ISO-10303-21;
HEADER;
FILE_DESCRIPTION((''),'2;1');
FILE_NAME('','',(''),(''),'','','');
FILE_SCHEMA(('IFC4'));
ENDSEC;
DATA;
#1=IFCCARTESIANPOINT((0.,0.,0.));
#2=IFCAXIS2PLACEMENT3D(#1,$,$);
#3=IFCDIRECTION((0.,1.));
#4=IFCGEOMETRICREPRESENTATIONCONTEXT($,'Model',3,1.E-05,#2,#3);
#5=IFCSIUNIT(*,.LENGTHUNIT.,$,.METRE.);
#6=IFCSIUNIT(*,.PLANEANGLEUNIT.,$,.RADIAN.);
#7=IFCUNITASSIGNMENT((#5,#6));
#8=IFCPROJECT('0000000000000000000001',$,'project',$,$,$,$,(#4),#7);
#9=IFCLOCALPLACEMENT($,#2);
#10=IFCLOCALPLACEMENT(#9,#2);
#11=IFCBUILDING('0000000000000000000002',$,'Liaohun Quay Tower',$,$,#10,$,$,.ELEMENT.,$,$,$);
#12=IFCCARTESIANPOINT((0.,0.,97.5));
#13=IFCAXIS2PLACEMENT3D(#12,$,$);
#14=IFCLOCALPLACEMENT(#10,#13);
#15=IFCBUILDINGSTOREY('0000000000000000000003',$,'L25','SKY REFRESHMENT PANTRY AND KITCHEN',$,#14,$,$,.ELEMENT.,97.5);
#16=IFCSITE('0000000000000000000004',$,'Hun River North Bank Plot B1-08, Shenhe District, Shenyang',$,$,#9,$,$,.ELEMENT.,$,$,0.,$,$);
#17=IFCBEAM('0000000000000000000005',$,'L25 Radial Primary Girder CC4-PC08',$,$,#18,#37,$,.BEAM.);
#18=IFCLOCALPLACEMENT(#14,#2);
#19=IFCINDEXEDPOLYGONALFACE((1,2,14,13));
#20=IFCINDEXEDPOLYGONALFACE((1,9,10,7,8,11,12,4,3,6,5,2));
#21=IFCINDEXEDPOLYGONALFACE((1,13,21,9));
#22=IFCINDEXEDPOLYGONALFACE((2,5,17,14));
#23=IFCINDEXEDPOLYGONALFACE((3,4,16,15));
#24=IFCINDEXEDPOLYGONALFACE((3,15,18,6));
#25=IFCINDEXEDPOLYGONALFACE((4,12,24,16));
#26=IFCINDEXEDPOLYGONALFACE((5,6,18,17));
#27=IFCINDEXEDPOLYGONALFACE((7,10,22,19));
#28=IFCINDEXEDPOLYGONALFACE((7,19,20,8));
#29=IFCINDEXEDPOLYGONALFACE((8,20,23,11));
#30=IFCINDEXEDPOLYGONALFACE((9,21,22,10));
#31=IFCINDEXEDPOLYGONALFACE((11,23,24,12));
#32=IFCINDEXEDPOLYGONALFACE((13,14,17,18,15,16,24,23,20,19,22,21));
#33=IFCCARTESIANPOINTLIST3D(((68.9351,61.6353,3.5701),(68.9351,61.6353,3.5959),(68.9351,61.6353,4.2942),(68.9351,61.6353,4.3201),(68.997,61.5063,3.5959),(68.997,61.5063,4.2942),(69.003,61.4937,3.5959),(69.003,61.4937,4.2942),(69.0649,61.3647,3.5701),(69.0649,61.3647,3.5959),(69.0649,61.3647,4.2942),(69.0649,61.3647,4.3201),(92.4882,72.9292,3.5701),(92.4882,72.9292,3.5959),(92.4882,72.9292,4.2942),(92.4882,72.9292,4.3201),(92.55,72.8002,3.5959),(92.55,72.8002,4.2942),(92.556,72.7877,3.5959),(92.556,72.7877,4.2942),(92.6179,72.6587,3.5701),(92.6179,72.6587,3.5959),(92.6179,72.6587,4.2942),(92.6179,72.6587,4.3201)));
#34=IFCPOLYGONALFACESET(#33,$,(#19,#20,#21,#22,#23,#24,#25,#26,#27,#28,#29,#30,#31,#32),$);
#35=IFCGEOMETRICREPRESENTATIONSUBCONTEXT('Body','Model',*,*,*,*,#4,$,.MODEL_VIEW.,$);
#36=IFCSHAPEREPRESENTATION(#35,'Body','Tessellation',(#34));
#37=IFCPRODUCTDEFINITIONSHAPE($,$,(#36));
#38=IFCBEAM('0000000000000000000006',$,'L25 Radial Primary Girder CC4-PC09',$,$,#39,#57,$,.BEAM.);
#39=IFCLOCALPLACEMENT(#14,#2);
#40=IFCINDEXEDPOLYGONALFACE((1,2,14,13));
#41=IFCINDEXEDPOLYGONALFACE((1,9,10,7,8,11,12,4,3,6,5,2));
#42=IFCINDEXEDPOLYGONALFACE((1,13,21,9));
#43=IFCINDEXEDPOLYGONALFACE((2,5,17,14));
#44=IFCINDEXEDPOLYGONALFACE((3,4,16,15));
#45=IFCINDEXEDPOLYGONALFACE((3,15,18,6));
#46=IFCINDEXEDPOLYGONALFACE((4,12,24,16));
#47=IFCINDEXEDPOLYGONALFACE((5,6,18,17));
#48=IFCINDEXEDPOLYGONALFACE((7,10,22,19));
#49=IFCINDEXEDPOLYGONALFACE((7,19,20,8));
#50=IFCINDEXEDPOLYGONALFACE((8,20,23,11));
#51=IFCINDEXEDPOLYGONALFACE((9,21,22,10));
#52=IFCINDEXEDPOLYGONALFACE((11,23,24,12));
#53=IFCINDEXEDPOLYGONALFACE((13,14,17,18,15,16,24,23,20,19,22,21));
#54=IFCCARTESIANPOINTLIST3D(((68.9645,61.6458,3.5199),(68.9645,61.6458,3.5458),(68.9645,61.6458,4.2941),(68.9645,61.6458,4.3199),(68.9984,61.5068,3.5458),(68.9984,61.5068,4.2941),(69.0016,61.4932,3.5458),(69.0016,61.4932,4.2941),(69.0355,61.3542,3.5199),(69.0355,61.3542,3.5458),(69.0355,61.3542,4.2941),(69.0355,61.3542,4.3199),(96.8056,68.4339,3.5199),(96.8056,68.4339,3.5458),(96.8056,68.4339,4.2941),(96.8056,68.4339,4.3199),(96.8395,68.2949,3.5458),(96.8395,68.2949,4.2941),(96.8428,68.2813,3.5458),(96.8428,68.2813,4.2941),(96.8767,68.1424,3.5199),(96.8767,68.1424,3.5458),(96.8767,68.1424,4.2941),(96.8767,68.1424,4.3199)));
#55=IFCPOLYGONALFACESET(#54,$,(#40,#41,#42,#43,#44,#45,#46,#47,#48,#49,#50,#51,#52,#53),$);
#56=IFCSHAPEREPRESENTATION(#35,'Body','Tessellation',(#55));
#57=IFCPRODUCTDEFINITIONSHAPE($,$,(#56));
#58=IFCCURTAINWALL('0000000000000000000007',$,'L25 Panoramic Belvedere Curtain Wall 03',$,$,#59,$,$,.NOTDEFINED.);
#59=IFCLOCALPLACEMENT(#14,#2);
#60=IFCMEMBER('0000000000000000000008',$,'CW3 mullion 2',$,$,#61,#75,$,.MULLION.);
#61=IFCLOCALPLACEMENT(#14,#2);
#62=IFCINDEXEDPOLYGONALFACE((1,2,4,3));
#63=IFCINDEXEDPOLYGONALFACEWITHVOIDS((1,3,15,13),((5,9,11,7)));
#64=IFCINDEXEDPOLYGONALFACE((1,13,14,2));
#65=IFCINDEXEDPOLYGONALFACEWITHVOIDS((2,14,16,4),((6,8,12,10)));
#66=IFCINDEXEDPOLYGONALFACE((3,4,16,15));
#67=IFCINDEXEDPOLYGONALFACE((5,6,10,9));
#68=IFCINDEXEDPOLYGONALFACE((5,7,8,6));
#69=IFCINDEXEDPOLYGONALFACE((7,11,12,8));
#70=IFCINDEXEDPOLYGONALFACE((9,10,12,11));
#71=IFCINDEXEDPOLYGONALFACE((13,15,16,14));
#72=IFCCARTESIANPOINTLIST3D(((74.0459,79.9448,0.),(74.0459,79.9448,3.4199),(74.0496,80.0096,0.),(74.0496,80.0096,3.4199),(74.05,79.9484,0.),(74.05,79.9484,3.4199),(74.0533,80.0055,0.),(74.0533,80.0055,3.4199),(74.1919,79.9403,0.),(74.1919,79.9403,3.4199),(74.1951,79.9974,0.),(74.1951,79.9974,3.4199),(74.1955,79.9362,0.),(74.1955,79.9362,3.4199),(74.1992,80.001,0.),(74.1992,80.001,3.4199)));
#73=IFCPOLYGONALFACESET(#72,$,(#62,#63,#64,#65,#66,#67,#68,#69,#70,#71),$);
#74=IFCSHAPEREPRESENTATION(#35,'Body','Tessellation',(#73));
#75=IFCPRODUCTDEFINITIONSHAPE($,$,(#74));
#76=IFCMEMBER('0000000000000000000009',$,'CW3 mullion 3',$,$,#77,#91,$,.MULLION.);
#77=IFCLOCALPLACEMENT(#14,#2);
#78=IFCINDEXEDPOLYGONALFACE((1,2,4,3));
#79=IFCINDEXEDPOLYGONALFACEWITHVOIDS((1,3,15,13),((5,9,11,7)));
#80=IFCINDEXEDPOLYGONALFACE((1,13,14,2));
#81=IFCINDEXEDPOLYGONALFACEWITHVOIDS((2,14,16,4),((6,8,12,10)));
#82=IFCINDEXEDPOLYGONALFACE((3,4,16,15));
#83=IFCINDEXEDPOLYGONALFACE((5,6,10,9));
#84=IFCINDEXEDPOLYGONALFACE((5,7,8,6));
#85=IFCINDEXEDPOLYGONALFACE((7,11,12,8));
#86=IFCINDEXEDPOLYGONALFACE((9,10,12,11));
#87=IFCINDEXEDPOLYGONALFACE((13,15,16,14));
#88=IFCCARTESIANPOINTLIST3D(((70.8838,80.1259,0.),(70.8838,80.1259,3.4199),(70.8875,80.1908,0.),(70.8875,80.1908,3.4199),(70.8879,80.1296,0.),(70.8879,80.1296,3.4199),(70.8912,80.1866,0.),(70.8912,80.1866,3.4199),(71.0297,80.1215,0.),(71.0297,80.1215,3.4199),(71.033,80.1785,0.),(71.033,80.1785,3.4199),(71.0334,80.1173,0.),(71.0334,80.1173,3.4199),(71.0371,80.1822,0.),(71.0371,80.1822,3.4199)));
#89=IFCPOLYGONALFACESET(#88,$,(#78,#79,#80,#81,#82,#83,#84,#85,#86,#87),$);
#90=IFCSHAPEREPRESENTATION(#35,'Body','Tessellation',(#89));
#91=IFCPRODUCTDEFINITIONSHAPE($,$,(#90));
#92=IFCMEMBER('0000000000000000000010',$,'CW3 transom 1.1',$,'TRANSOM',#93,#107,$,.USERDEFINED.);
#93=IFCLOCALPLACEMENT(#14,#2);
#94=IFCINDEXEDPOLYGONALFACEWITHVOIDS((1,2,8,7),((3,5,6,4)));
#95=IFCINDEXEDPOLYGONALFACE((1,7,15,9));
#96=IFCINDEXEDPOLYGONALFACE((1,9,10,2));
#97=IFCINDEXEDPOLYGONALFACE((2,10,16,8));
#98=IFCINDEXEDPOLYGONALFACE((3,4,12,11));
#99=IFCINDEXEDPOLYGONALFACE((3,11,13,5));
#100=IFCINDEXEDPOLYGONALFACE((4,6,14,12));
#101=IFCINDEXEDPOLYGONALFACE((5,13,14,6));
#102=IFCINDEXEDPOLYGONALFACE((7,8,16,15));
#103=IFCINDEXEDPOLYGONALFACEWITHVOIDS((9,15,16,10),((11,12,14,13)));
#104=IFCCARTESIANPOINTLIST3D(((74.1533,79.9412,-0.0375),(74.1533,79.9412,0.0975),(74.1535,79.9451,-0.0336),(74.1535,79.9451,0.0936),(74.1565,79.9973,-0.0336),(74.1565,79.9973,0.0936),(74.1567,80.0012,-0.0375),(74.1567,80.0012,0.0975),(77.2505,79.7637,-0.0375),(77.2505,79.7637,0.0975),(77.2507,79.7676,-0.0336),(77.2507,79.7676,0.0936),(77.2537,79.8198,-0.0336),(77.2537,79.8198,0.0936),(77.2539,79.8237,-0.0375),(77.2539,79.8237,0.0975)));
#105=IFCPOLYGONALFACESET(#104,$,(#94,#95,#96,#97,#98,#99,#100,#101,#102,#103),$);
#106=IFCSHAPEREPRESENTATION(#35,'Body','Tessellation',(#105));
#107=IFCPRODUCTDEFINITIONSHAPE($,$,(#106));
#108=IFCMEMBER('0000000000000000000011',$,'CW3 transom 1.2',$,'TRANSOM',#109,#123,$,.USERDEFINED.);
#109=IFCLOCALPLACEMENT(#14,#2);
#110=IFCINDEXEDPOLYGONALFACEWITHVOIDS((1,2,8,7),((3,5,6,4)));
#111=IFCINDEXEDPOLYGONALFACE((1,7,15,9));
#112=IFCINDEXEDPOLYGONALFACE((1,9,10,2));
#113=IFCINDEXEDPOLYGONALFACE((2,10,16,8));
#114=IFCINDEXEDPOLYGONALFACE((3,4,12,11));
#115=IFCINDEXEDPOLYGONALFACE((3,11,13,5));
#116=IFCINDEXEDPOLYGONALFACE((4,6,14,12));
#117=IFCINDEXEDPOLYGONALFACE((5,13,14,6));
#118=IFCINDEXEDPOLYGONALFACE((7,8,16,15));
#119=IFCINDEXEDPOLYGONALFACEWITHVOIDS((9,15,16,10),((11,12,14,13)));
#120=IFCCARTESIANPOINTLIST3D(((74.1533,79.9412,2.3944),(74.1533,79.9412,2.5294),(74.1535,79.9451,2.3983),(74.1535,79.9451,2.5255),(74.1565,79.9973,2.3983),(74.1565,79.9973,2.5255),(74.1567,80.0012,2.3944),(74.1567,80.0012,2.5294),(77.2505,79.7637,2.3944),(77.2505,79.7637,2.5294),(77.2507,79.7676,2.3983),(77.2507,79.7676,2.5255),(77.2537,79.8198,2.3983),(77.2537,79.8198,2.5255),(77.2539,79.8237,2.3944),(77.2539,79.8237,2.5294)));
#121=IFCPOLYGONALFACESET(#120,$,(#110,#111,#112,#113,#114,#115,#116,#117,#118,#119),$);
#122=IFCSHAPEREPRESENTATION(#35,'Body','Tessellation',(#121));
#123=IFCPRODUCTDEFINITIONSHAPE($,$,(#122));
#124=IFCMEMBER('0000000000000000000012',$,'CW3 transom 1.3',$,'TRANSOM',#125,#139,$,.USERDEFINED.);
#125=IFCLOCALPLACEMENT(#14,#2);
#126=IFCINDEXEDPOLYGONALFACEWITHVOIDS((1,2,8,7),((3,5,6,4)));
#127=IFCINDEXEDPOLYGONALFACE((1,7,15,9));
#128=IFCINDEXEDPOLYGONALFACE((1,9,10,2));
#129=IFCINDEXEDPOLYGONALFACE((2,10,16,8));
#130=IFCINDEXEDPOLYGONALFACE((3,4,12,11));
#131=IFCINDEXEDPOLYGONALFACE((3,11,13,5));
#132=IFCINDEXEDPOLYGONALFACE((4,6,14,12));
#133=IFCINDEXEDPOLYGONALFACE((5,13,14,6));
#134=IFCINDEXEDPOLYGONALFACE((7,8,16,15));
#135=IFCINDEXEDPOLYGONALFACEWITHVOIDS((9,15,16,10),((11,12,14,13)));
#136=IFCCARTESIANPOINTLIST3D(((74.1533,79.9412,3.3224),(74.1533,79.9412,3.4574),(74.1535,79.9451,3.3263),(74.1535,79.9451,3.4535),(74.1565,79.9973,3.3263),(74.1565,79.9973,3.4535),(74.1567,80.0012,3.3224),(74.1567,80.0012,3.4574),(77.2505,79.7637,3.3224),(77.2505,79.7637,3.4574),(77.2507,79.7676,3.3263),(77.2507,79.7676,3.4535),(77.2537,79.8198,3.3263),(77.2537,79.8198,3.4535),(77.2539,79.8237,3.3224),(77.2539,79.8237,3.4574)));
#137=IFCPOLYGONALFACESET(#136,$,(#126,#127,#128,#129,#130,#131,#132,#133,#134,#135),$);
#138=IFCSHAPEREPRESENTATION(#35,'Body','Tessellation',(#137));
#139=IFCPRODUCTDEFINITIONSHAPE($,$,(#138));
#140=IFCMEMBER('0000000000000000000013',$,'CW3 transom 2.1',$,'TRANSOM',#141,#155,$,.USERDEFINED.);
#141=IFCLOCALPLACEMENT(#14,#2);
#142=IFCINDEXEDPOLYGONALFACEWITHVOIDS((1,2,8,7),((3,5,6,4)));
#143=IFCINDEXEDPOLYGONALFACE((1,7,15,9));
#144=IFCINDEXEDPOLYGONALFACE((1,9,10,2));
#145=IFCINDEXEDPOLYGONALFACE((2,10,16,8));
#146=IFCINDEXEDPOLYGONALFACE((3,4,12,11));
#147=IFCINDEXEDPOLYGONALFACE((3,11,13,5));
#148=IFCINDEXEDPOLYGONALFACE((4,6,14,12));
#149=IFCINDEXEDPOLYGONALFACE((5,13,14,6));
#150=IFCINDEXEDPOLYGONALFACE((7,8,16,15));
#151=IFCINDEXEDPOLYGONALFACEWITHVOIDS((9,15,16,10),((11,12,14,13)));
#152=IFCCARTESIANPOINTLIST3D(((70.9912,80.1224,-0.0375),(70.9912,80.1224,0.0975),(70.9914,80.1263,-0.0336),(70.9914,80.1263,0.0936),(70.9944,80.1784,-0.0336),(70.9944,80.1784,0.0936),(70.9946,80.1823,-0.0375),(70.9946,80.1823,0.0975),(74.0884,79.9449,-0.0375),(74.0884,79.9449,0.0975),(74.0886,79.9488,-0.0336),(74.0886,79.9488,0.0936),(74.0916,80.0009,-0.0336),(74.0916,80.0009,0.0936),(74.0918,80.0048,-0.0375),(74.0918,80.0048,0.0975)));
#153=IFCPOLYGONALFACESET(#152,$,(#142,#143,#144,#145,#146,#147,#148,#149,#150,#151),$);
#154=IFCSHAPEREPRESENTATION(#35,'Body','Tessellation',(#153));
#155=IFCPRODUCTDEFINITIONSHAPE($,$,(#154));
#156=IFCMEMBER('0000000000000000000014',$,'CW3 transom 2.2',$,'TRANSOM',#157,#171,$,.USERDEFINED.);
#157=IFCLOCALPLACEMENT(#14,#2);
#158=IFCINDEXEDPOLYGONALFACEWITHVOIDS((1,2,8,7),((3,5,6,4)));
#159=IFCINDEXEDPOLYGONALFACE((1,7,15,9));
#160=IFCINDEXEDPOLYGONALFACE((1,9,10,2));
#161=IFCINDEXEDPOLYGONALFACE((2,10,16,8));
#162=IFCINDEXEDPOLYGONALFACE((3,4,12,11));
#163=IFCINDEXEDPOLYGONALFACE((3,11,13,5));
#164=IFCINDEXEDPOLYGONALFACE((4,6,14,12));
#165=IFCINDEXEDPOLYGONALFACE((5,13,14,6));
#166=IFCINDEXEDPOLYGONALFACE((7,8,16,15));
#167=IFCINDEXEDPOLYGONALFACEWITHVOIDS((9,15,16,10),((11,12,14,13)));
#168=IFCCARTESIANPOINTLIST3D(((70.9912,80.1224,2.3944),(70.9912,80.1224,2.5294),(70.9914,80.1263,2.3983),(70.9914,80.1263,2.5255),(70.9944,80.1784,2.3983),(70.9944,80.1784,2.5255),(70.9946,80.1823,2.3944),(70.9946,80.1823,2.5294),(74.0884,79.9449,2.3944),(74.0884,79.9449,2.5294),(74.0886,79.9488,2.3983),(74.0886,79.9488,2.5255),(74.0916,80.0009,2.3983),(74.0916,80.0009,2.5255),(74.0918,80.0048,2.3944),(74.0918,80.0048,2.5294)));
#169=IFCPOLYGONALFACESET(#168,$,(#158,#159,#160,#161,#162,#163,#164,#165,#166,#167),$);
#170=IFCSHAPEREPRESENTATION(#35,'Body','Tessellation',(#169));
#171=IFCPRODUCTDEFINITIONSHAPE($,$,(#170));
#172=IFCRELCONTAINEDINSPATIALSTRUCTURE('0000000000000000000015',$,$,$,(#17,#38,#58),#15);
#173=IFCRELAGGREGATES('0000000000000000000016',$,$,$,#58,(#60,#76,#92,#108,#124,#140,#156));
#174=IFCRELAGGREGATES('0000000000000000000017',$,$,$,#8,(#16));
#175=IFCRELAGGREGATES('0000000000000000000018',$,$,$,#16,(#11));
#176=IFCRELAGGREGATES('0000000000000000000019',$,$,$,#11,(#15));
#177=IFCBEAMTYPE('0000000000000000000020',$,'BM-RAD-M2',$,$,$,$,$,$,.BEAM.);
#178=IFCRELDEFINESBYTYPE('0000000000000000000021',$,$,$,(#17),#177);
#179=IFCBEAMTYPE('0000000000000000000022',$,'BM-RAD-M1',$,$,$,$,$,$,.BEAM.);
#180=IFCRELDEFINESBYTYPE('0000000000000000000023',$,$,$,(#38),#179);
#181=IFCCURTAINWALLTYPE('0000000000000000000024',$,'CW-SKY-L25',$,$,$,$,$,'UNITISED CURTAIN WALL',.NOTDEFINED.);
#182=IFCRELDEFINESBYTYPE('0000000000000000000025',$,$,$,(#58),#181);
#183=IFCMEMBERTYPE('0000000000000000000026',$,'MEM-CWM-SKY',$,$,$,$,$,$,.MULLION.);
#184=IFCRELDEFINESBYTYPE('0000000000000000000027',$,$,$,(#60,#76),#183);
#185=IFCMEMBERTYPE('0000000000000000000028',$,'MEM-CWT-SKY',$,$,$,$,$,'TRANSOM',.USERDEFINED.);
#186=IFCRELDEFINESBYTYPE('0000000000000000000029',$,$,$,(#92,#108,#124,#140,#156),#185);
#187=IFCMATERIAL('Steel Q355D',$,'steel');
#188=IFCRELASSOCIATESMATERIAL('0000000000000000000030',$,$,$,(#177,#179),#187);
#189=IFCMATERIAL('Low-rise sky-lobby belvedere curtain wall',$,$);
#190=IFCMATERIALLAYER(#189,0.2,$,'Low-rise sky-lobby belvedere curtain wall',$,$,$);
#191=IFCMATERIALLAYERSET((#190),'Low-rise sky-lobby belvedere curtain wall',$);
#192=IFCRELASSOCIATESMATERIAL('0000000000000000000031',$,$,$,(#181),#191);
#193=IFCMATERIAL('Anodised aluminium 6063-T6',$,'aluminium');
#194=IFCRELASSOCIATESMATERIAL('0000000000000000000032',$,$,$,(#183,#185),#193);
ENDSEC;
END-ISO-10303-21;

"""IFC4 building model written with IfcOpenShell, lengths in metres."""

from ifc_helpers import new_model, si_unit, direction, frame, origin, origin_2d, place, context, subcontext, project, spatial, hollow_rectangle, i_section, extrude, source, transform, mapped, material, layer, layer_set, material_profile, profile_set, type_object, element, aggregate, save


model = new_model("IFC4")

# Units and contexts
model_context = context("Model", 3, precision=1e-05, world=origin(), true_north=direction((0.0, 1.0)))
body_context = subcontext(model_context, "Body", "Model", "MODEL_VIEW")
ifc_project = project(units=[si_unit("LENGTHUNIT", "METRE"), si_unit("PLANEANGLEUNIT", "RADIAN")], contexts=[model_context])

# Site, building, storey
site_placement = place(None, origin())
site = spatial("IfcSite", under=ifc_project, at=site_placement, Name="Hun River North Bank Plot B1-08, Shenhe District, Shenyang", CompositionType="ELEMENT", RefElevation=0.0)
building_placement = place(site_placement, origin())
building = spatial("IfcBuilding", under=site, at=building_placement, Name="Liaohun Quay Tower", CompositionType="ELEMENT")
storey_placement = place(building_placement, frame((0.0, 0.0, 97.5)))
storey = spatial("IfcBuildingStorey", under=building, at=storey_placement, Name="L25", Description="SKY REFRESHMENT PANTRY AND KITCHEN", CompositionType="ELEMENT", Elevation=97.5)

# Beams
ifc_material_1 = material(Name="Steel Q355D", Category="steel")
ifc_material_profile_1 = material_profile(ifc_material_1, i_section(OverallWidth=0.3, OverallDepth=0.75, WebThickness=0.0139, FlangeThickness=0.0259, at=origin_2d()), Name="HN750x300x14x26")
ifc_profile_set_1 = profile_set([ifc_material_profile_1], Name="Steel Q355D")
beam_type_1 = type_object("IfcBeamType", Name="BM-RAD-M2", PredefinedType="BEAM", material=ifc_profile_set_1)
shared_shape_1 = source(origin(), body_context, "Body", "SweptSolid", [
    extrude(i_section(OverallWidth=0.3, OverallDepth=0.75, WebThickness=0.0139, FlangeThickness=0.0259, at=origin_2d()), origin(), (0.0, 0.0, 1.0), 26.1208),
])
beam_1_placement = place(storey_placement, frame((69.0, 61.5, 3.9451), z_axis=(0.901695, 0.432374, 0.0), x_axis=(-0.432374, 0.901695, 0.0)))
element("IfcBeam", 1, at=beam_1_placement, inside=storey, type_object=beam_type_1, Name="L25 Radial Primary Girder CC4-PC08", PredefinedType="BEAM", context=body_context, shape_type="MappedRepresentation", body=[
    mapped(shared_shape_1, transform((0.0, 0.0, 0.0), x_axis=(1.0, 0.0, 0.0), y_axis=(0.0, 1.0, 0.0), z_axis=(0.0, 0.0, 1.0), scale=1.0)),
])
ifc_material_profile_2 = material_profile(ifc_material_1, i_section(OverallWidth=0.3, OverallDepth=0.8, WebThickness=0.0139, FlangeThickness=0.0259, at=origin_2d()), Name="HN800x300x14x26")
ifc_profile_set_2 = profile_set([ifc_material_profile_2], Name="Steel Q355D")
beam_type_2 = type_object("IfcBeamType", Name="BM-RAD-M1", PredefinedType="BEAM", material=ifc_profile_set_2)
shared_shape_2 = source(origin(), body_context, "Body", "SweptSolid", [
    extrude(i_section(OverallWidth=0.3, OverallDepth=0.8, WebThickness=0.0139, FlangeThickness=0.0259, at=origin_2d()), origin(), (0.0, 0.0, 1.0), 28.6567),
])
beam_2_placement = place(storey_placement, frame((69.0, 61.5, 3.9199), z_axis=(0.97154, 0.236877, 0.0), x_axis=(-0.236877, 0.97154, 0.0)))
element("IfcBeam", 2, at=beam_2_placement, inside=storey, type_object=beam_type_2, Name="L25 Radial Primary Girder CC4-PC09", PredefinedType="BEAM", context=body_context, shape_type="MappedRepresentation", body=[
    mapped(shared_shape_2, transform((0.0, 0.0, 0.0), x_axis=(1.0, 0.0, 0.0), y_axis=(0.0, 1.0, 0.0), z_axis=(0.0, 0.0, 1.0), scale=1.0)),
])

# Curtain wall, members
ifc_material_2 = material(Name="Low-rise sky-lobby belvedere curtain wall")
ifc_layer_1 = layer(ifc_material_2, 0.2, Name="Low-rise sky-lobby belvedere curtain wall")
ifc_layer_set_1 = layer_set([ifc_layer_1], Name="Low-rise sky-lobby belvedere curtain wall")
curtain_wall_type = type_object("IfcCurtainWallType", Name="CW-SKY-L25", ElementType="UNITISED CURTAIN WALL", PredefinedType="NOTDEFINED", material=ifc_layer_set_1)
curtain_wall_placement = place(storey_placement, origin())
curtain_wall = element("IfcCurtainWall", 3, at=curtain_wall_placement, inside=storey, type_object=curtain_wall_type, Name="L25 Panoramic Belvedere Curtain Wall 03", PredefinedType="NOTDEFINED")
ifc_material_3 = material(Name="Anodised aluminium 6063-T6", Category="aluminium")
ifc_material_profile_3 = material_profile(ifc_material_3, hollow_rectangle(XDim=0.0649, YDim=0.1499, WallThickness=0.0039, at=origin_2d()), Name="RHS150x65x4")
ifc_profile_set_3 = profile_set([ifc_material_profile_3], Name="Anodised aluminium 6063-T6")
member_type_1 = type_object("IfcMemberType", Name="MEM-CWM-SKY", PredefinedType="MULLION", material=ifc_profile_set_3)
shared_shape_3 = source(origin(), body_context, "Body", "SweptSolid", [
    extrude(hollow_rectangle(XDim=0.0649, YDim=0.1499, WallThickness=0.0039, at=origin_2d()), origin(), (0.0, 0.0, 1.0), 3.4199),
])
member_1_placement = place(storey_placement, frame((74.1226, 79.9729, 0.0), z_axis=(0.0, 0.0, 1.0), x_axis=(-0.057192, -0.998363, 0.0)))
member_1 = element("IfcMember", 4, at=member_1_placement, type_object=member_type_1, Name="CW3 mullion 2", PredefinedType="MULLION", context=body_context, shape_type="MappedRepresentation", body=[
    mapped(shared_shape_3, transform((0.0, 0.0, 0.0), x_axis=(1.0, 0.0, 0.0), y_axis=(0.0, 1.0, 0.0), z_axis=(0.0, 0.0, 1.0), scale=1.0)),
])
member_2_placement = place(storey_placement, frame((70.9604, 80.1541, 0.0), z_axis=(0.0, 0.0, 1.0), x_axis=(-0.057192, -0.998363, 0.0)))
member_2 = element("IfcMember", 5, at=member_2_placement, type_object=member_type_1, Name="CW3 mullion 3", PredefinedType="MULLION", context=body_context, shape_type="MappedRepresentation", body=[
    mapped(shared_shape_3, transform((0.0, 0.0, 0.0), x_axis=(1.0, 0.0, 0.0), y_axis=(0.0, 1.0, 0.0), z_axis=(0.0, 0.0, 1.0), scale=1.0)),
])
ifc_material_profile_4 = material_profile(ifc_material_3, hollow_rectangle(XDim=0.0601, YDim=0.135, WallThickness=0.0039, at=origin_2d()), Name="RHS135x60x4")
ifc_profile_set_4 = profile_set([ifc_material_profile_4], Name="Anodised aluminium 6063-T6")
member_type_2 = type_object("IfcMemberType", Name="MEM-CWT-SKY", ElementType="TRANSOM", PredefinedType="USERDEFINED", material=ifc_profile_set_4)
shared_shape_4 = source(origin(), body_context, "Body", "SweptSolid", [
    extrude(hollow_rectangle(XDim=0.0601, YDim=0.135, WallThickness=0.0039, at=origin_2d()), origin(), (0.0, 0.0, 1.0), 3.1023),
])
member_3_placement = place(storey_placement, frame((77.2522, 79.7937, 0.03), z_axis=(-0.998362, 0.057213, 0.0), x_axis=(-0.057213, -0.998362, 0.0)))
member_3 = element("IfcMember", 6, at=member_3_placement, type_object=member_type_2, Name="CW3 transom 1.1", ObjectType="TRANSOM", PredefinedType="USERDEFINED", context=body_context, shape_type="MappedRepresentation", body=[
    mapped(shared_shape_4, transform((0.0, 0.0, 0.0), x_axis=(1.0, 0.0, 0.0), y_axis=(0.0, 1.0, 0.0), z_axis=(0.0, 0.0, 1.0), scale=1.0)),
])
member_4_placement = place(storey_placement, frame((77.2522, 79.7937, 2.4619), z_axis=(-0.998362, 0.057213, 0.0), x_axis=(-0.057213, -0.998362, 0.0)))
member_4 = element("IfcMember", 7, at=member_4_placement, type_object=member_type_2, Name="CW3 transom 1.2", ObjectType="TRANSOM", PredefinedType="USERDEFINED", context=body_context, shape_type="MappedRepresentation", body=[
    mapped(shared_shape_4, transform((0.0, 0.0, 0.0), x_axis=(1.0, 0.0, 0.0), y_axis=(0.0, 1.0, 0.0), z_axis=(0.0, 0.0, 1.0), scale=1.0)),
])
member_5_placement = place(storey_placement, frame((77.2522, 79.7937, 3.3899), z_axis=(-0.998362, 0.057213, 0.0), x_axis=(-0.057213, -0.998362, 0.0)))
member_5 = element("IfcMember", 8, at=member_5_placement, type_object=member_type_2, Name="CW3 transom 1.3", ObjectType="TRANSOM", PredefinedType="USERDEFINED", context=body_context, shape_type="MappedRepresentation", body=[
    mapped(shared_shape_4, transform((0.0, 0.0, 0.0), x_axis=(1.0, 0.0, 0.0), y_axis=(0.0, 1.0, 0.0), z_axis=(0.0, 0.0, 1.0), scale=1.0)),
])
member_6_placement = place(storey_placement, frame((74.0901, 79.9749, 0.03), z_axis=(-0.998362, 0.057213, 0.0), x_axis=(-0.057213, -0.998362, 0.0)))
member_6 = element("IfcMember", 9, at=member_6_placement, type_object=member_type_2, Name="CW3 transom 2.1", ObjectType="TRANSOM", PredefinedType="USERDEFINED", context=body_context, shape_type="MappedRepresentation", body=[
    mapped(shared_shape_4, transform((0.0, 0.0, 0.0), x_axis=(1.0, 0.0, 0.0), y_axis=(0.0, 1.0, 0.0), z_axis=(0.0, 0.0, 1.0), scale=1.0)),
])
member_7_placement = place(storey_placement, frame((74.0901, 79.9749, 2.4619), z_axis=(-0.998362, 0.057213, 0.0), x_axis=(-0.057213, -0.998362, 0.0)))
member_7 = element("IfcMember", 10, at=member_7_placement, type_object=member_type_2, Name="CW3 transom 2.2", ObjectType="TRANSOM", PredefinedType="USERDEFINED", context=body_context, shape_type="MappedRepresentation", body=[
    mapped(shared_shape_4, transform((0.0, 0.0, 0.0), x_axis=(1.0, 0.0, 0.0), y_axis=(0.0, 1.0, 0.0), z_axis=(0.0, 0.0, 1.0), scale=1.0)),
])
aggregate(curtain_wall, [member_1, member_2, member_3, member_4, member_5, member_6, member_7])

save(model, "model.ifc")
